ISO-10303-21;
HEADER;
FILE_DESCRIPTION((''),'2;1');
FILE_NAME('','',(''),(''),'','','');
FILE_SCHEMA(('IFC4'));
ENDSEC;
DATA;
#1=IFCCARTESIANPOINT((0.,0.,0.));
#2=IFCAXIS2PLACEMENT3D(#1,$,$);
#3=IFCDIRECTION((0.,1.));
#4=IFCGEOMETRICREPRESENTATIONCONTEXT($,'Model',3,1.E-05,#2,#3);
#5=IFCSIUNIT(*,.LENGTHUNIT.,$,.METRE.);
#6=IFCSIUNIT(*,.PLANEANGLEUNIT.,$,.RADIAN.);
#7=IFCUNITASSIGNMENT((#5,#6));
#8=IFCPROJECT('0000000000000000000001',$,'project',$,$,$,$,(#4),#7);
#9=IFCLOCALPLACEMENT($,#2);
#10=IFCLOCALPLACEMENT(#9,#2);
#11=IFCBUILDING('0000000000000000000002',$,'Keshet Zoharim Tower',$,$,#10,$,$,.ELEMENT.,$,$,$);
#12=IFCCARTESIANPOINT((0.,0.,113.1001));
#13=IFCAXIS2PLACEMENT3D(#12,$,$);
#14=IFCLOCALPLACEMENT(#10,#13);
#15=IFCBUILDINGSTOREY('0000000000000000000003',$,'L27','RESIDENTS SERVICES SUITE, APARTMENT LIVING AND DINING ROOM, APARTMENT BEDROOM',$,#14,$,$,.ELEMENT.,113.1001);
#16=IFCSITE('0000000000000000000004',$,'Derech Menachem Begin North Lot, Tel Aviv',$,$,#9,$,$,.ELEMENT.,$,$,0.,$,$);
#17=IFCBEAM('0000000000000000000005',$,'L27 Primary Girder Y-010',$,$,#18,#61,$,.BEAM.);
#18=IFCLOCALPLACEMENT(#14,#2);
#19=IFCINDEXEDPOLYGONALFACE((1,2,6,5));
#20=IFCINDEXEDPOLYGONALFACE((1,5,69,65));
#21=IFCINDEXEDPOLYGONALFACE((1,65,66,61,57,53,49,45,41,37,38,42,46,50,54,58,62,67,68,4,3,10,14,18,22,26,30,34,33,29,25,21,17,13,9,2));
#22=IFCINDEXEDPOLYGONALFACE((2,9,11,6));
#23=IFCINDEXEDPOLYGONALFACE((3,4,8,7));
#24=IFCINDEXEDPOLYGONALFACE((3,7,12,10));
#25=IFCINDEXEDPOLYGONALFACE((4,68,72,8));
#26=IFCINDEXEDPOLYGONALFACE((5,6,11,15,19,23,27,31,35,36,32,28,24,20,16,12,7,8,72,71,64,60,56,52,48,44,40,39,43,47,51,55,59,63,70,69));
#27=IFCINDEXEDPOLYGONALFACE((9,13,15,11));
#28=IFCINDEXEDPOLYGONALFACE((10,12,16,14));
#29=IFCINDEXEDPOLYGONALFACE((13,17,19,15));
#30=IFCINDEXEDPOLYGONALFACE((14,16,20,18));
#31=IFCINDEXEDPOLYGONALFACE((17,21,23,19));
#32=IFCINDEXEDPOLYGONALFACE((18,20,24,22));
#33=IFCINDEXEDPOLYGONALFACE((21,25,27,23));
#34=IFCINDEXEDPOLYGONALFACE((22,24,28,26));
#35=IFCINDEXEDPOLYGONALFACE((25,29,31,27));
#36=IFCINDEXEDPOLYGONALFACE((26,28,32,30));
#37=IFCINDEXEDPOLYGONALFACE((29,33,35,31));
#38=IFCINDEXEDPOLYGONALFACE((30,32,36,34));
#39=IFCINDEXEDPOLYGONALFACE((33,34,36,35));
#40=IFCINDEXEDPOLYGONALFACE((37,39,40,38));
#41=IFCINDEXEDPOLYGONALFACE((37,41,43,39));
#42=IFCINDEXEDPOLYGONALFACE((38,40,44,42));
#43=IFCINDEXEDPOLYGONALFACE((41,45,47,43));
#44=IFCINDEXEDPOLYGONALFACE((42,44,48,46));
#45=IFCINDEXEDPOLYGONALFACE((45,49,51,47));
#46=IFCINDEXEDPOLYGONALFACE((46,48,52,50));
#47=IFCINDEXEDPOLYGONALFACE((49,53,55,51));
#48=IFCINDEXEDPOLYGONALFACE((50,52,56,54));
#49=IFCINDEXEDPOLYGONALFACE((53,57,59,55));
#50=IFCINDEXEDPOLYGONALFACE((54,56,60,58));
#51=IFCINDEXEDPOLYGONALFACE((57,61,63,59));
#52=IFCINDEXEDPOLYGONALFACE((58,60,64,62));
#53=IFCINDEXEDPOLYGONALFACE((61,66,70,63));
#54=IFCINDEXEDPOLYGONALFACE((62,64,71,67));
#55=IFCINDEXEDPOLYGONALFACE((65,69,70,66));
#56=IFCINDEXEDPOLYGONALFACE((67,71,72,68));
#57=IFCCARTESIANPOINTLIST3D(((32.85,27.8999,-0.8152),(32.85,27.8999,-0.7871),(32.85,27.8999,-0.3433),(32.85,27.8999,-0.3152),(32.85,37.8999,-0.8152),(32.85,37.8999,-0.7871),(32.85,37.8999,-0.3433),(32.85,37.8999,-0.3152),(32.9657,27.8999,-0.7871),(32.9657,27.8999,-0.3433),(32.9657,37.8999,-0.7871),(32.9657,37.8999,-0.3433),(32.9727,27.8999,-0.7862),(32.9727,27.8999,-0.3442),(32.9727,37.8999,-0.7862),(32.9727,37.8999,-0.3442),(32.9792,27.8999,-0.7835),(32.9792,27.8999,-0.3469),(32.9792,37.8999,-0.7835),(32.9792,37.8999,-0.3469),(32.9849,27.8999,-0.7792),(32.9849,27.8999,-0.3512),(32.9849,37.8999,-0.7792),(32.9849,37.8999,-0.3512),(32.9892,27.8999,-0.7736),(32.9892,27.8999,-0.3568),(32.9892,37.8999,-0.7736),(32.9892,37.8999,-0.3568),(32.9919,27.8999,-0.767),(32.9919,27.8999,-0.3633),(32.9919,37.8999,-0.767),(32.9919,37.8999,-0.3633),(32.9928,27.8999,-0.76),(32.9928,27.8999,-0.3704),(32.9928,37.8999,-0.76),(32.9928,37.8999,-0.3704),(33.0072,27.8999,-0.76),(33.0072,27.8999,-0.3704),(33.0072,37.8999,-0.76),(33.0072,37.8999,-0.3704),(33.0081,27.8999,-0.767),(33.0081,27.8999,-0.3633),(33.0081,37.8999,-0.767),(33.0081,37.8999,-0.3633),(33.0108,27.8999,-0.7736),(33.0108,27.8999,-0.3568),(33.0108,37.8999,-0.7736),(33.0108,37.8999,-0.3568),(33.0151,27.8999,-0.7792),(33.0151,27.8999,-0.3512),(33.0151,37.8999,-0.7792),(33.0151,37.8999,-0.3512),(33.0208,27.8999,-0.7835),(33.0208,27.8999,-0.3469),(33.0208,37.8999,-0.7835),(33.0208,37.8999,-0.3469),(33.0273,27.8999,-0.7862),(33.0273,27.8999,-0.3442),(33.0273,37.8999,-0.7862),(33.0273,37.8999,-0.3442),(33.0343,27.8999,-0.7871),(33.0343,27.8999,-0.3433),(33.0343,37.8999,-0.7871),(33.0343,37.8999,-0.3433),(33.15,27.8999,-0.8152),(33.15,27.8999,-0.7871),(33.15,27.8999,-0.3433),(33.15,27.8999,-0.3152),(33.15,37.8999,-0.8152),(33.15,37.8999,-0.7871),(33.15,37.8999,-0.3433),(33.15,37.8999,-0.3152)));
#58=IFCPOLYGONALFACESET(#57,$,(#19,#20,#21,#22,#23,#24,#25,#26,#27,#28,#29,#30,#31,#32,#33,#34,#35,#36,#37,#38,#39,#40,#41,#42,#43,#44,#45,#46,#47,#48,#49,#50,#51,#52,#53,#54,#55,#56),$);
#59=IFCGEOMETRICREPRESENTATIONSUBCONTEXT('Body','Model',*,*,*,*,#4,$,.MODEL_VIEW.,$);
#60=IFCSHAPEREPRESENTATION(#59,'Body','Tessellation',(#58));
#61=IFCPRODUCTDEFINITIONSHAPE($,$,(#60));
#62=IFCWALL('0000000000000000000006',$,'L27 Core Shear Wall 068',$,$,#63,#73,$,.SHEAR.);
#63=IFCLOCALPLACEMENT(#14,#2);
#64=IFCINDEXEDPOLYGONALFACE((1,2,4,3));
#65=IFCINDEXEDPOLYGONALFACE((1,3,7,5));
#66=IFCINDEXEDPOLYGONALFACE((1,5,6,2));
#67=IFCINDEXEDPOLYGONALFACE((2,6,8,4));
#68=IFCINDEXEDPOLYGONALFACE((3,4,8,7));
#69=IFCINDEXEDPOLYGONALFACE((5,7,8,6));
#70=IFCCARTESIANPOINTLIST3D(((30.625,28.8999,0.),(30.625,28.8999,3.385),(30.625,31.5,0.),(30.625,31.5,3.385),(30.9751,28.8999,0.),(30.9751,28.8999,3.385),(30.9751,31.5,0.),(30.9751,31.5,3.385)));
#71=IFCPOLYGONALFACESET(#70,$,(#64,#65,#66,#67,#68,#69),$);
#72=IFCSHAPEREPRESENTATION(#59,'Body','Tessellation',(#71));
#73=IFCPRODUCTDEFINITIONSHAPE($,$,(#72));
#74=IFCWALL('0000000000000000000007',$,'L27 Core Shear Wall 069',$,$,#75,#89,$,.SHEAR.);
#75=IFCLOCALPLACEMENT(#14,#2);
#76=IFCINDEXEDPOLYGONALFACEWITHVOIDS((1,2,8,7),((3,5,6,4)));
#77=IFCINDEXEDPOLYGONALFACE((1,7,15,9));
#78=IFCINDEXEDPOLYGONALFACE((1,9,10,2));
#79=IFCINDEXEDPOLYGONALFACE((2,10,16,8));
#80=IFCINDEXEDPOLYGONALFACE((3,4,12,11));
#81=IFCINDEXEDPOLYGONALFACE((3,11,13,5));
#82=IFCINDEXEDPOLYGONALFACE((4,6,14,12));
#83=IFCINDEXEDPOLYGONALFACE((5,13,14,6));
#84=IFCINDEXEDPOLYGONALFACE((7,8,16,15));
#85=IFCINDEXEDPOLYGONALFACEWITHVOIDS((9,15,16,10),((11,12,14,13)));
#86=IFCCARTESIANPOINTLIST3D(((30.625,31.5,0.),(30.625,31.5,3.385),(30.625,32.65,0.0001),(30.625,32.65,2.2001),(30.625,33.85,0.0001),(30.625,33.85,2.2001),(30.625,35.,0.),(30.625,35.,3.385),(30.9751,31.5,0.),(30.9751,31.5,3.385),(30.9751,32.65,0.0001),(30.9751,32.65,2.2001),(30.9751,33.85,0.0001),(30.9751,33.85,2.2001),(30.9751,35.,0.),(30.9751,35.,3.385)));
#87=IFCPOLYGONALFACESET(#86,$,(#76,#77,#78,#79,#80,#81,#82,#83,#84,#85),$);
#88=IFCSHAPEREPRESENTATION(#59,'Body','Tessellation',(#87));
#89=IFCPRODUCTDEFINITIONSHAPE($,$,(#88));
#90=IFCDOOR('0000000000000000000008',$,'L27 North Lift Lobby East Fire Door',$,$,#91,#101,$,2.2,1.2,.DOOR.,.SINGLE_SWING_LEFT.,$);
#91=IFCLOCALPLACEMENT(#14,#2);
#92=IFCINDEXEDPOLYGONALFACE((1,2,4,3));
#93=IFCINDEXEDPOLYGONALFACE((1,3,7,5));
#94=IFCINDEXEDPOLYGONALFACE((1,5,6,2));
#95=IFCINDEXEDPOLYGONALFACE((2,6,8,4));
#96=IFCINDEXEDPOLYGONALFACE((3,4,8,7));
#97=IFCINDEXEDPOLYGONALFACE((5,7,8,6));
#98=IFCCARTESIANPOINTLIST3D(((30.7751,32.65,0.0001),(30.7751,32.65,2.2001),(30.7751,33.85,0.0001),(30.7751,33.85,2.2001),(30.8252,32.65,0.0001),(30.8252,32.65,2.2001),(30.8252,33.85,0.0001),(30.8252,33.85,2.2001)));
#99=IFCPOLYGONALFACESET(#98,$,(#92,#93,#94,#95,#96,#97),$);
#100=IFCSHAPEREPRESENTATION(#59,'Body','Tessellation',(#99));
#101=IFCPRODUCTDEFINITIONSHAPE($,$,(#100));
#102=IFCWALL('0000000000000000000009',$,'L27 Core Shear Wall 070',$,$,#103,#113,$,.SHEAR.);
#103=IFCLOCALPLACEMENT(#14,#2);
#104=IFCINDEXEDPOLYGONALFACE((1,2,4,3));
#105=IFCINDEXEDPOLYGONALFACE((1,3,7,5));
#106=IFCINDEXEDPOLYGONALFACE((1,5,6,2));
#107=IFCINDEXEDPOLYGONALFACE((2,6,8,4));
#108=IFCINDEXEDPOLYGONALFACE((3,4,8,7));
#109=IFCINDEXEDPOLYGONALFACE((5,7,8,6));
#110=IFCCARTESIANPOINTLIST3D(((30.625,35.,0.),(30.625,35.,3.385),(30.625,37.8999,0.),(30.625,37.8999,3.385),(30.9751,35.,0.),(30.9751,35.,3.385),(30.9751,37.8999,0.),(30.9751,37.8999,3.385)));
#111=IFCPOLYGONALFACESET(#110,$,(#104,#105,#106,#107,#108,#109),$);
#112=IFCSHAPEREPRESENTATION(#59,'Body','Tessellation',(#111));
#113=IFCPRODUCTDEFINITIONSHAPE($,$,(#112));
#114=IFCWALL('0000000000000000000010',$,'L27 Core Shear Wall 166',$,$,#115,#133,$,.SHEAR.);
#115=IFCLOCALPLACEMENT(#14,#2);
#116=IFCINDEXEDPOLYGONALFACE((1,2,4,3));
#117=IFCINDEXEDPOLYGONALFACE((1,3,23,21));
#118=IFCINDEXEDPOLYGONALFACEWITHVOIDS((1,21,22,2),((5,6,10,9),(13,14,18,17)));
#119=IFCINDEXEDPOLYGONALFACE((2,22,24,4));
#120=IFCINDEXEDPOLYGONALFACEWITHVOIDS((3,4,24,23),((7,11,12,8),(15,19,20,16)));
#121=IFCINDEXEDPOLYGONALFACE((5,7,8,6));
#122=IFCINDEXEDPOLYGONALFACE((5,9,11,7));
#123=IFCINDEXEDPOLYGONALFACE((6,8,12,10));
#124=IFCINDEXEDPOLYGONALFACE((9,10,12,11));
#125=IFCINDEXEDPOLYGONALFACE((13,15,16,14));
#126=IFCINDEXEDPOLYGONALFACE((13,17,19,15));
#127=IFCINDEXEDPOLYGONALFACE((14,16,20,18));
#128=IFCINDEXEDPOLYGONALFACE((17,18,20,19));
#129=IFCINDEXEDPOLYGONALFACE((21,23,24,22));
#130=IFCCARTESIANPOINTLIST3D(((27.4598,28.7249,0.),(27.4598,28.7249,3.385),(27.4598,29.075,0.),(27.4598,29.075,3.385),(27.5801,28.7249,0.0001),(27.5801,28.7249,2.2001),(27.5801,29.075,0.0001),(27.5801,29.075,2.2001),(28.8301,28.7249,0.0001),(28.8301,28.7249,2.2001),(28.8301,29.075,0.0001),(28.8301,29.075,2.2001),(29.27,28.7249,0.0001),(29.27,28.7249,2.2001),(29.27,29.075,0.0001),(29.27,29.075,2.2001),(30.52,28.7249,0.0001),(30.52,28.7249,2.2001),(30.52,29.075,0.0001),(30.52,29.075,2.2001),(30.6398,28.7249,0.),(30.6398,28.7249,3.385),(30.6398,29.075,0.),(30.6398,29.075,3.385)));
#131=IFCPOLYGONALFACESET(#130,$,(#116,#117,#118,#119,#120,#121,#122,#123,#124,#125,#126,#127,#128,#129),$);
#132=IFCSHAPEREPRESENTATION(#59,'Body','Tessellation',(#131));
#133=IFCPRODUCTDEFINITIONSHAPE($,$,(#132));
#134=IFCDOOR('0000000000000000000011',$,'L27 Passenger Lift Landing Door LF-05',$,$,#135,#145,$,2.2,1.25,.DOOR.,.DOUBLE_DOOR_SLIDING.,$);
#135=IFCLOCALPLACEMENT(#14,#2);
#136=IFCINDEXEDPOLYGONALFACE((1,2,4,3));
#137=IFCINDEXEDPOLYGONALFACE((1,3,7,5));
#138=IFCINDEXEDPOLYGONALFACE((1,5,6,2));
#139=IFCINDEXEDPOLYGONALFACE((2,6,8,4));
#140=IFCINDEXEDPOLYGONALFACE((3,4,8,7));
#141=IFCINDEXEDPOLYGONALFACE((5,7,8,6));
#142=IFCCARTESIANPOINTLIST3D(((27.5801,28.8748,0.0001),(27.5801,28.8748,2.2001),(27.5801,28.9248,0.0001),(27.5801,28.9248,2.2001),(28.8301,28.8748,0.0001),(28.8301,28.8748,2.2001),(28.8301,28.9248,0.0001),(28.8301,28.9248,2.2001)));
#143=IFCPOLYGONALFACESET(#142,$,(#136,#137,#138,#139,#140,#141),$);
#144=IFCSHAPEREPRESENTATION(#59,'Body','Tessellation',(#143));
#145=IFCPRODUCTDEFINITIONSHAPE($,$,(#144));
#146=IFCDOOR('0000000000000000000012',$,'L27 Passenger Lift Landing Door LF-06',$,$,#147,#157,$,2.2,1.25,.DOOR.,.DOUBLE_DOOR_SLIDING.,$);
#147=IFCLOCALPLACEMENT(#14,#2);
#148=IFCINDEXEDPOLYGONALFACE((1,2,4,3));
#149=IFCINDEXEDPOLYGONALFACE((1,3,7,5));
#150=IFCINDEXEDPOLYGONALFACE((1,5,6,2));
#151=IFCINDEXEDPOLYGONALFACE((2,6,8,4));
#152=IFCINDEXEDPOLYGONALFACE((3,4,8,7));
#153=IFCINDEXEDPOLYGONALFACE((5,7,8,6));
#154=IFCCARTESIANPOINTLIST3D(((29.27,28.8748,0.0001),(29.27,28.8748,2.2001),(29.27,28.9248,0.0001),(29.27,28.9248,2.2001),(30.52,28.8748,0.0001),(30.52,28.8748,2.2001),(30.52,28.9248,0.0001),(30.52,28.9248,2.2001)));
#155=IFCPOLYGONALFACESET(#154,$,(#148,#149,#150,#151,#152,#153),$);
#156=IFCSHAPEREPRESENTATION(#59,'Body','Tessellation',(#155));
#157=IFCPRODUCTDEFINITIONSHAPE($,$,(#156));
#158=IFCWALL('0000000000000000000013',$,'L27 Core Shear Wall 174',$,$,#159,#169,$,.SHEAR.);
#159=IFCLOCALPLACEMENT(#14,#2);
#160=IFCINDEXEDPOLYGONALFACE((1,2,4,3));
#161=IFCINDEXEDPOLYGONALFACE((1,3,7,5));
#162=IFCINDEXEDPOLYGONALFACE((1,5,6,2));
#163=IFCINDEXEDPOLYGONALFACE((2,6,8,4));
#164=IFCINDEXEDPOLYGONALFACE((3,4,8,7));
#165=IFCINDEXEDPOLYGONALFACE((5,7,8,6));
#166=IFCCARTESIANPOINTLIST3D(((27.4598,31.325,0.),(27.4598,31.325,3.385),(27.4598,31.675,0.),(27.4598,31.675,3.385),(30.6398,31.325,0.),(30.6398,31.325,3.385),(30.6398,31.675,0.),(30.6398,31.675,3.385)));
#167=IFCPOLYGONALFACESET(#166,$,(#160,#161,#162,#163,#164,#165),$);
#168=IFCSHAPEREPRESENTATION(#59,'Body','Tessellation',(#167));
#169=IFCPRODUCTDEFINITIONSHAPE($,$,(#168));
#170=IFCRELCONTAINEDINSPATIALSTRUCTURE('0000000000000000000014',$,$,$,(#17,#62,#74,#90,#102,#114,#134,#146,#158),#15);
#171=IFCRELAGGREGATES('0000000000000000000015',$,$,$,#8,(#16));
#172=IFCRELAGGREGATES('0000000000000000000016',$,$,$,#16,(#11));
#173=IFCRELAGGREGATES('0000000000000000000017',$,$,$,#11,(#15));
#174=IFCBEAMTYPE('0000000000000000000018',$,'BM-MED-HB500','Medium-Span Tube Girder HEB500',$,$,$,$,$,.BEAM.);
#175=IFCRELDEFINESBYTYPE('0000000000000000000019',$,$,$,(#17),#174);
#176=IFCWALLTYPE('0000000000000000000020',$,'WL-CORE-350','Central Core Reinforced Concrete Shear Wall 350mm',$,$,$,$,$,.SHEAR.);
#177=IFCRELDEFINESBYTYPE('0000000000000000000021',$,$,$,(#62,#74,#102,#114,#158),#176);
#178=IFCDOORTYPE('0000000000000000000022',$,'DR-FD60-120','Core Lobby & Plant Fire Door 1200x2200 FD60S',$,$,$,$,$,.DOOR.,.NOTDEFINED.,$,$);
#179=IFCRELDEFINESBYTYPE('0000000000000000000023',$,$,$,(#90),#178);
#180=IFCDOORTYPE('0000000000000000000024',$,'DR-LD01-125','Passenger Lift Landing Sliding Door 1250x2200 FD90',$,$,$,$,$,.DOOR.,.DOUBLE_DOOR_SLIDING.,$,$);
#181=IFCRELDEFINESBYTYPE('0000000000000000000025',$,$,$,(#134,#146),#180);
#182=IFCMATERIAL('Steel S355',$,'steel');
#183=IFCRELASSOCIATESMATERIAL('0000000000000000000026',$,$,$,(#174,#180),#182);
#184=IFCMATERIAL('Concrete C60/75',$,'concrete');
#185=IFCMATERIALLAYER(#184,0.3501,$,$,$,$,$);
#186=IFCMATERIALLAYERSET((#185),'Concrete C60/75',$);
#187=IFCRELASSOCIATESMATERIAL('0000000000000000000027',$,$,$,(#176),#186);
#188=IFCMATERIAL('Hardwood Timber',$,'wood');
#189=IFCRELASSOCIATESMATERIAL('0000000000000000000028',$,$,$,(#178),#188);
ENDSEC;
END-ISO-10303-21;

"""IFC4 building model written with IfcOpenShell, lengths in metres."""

from ifc_helpers import new_model, si_unit, direction, frame, frame_2d, origin, origin_2d, place, context, subcontext, project, spatial, rectangle, i_section, extrude, material, layer, layer_set, material_profile, profile_set, type_object, element, fill, save


model = new_model("IFC4")

# Units and contexts
model_context = context("Model", 3, precision=1e-05, world=origin(), true_north=direction((0.0, 1.0)))
body_context = subcontext(model_context, "Body", "Model", "MODEL_VIEW")
ifc_project = project(units=[si_unit("LENGTHUNIT", "METRE"), si_unit("PLANEANGLEUNIT", "RADIAN")], contexts=[model_context])

# Site, building, storey
site_placement = place(None, origin())
site = spatial("IfcSite", under=ifc_project, at=site_placement, Name="Derech Menachem Begin North Lot, Tel Aviv", CompositionType="ELEMENT", RefElevation=0.0)
building_placement = place(site_placement, origin())
building = spatial("IfcBuilding", under=site, at=building_placement, Name="Keshet Zoharim Tower", CompositionType="ELEMENT")
storey_placement = place(building_placement, frame((0.0, 0.0, 113.1001)))
storey = spatial("IfcBuildingStorey", under=building, at=storey_placement, Name="L27", Description="RESIDENTS SERVICES SUITE, APARTMENT LIVING AND DINING ROOM, APARTMENT BEDROOM", CompositionType="ELEMENT", Elevation=113.1001)

# Shared definitions
ifc_material_1 = material(Name="Concrete C60/75", Category="concrete")

# Beam
ifc_material_2 = material(Name="Steel S355", Category="steel")
ifc_material_profile_1 = material_profile(ifc_material_2, i_section(OverallWidth=0.3, OverallDepth=0.5, WebThickness=0.0144, FlangeThickness=0.0281, FilletRadius=0.0271, at=origin_2d()), Name="HEB500")
ifc_profile_set_1 = profile_set([ifc_material_profile_1], Name="Steel S355")
beam_type_1 = type_object("IfcBeamType", Name="BM-MED-HB500", Description="Medium-Span Tube Girder HEB500", PredefinedType="BEAM", material=ifc_profile_set_1)
beam_1_placement = place(storey_placement, frame((33.0, 27.8999, -0.5652), z_axis=(0.0, 1.0, 0.0), x_axis=(-1.0, 0.0, 0.0)))
element("IfcBeam", 1, at=beam_1_placement, inside=storey, type_object=beam_type_1, Name="L27 Primary Girder Y-010", PredefinedType="BEAM", context=body_context, shape_type="SweptSolid", body=[
    extrude(i_section(OverallWidth=0.3, OverallDepth=0.5, WebThickness=0.0144, FlangeThickness=0.0281, FilletRadius=0.0271, at=origin_2d()), origin(), (0.0, 0.0, 1.0), 10.0),
])

# Wall
ifc_layer_1 = layer(ifc_material_1, 0.3501)
ifc_layer_set_1 = layer_set([ifc_layer_1], Name="Concrete C60/75")
wall_type_1 = type_object("IfcWallType", Name="WL-CORE-350", Description="Central Core Reinforced Concrete Shear Wall 350mm", PredefinedType="SHEAR", material=ifc_layer_set_1)
wall_1_placement = place(storey_placement, frame((30.8, 28.8999, 0.0), z_axis=(0.0, 0.0, 1.0), x_axis=(0.0, 1.0, 0.0)))
element("IfcWall", 2, at=wall_1_placement, inside=storey, type_object=wall_type_1, Name="L27 Core Shear Wall 068", PredefinedType="SHEAR", context=body_context, shape_type="SweptSolid", body=[
    extrude(rectangle(XDim=2.6001, YDim=0.3501, at=frame_2d((1.3, 0.0))), origin(), (0.0, 0.0, 1.0), 3.385),
])

# Wall, opening, door
wall_2_placement = place(storey_placement, frame((30.8, 31.5, 0.0), z_axis=(0.0, 0.0, 1.0), x_axis=(0.0, 1.0, 0.0)))
wall_2 = element("IfcWall", 3, at=wall_2_placement, inside=storey, type_object=wall_type_1, Name="L27 Core Shear Wall 069", PredefinedType="SHEAR", context=body_context, shape_type="SweptSolid", body=[
    extrude(rectangle(XDim=3.5, YDim=0.3501, at=frame_2d((1.75, 0.0))), origin(), (0.0, 0.0, 1.0), 3.385),
])
opening_1_placement = place(wall_2_placement, frame((1.1499, 0.0, 0.0)))
opening_1 = element("IfcOpeningElement", 4, at=opening_1_placement, cuts=wall_2, PredefinedType="OPENING", context=body_context, shape_type="SweptSolid", body=[
    extrude(rectangle(XDim=1.2, YDim=2.2, at=frame_2d((0.6001, 1.1001))), frame((0.0, 0.1851, 0.0), z_axis=(0.0, -1.0, 0.0), x_axis=(1.0, 0.0, 0.0)), (0.0, 0.0, 1.0), 0.3701),
])
ifc_material_3 = material(Name="Hardwood Timber", Category="wood")
door_type_1 = type_object("IfcDoorType", Name="DR-FD60-120", Description="Core Lobby & Plant Fire Door 1200x2200 FD60S", OperationType="NOTDEFINED", PredefinedType="DOOR", material=ifc_material_3)
door_1_placement = place(opening_1_placement, origin())
door_1 = element("IfcDoor", 5, at=door_1_placement, inside=storey, type_object=door_type_1, Name="L27 North Lift Lobby East Fire Door", OperationType="SINGLE_SWING_LEFT", OverallHeight=2.2, OverallWidth=1.2, PredefinedType="DOOR", context=body_context, shape_type="SweptSolid", body=[
    extrude(rectangle(XDim=1.2, YDim=2.2, at=frame_2d((0.6001, 1.1001))), frame((0.0, 0.0249, 0.0), z_axis=(0.0, -1.0, 0.0), x_axis=(1.0, 0.0, 0.0)), (0.0, 0.0, 1.0), 0.05),
])
fill(opening_1, door_1)

# Wall
wall_3_placement = place(storey_placement, frame((30.8, 35.0, 0.0), z_axis=(0.0, 0.0, 1.0), x_axis=(0.0, 1.0, 0.0)))
element("IfcWall", 6, at=wall_3_placement, inside=storey, type_object=wall_type_1, Name="L27 Core Shear Wall 070", PredefinedType="SHEAR", context=body_context, shape_type="SweptSolid", body=[
    extrude(rectangle(XDim=2.8999, YDim=0.3501, at=frame_2d((1.45, 0.0))), origin(), (0.0, 0.0, 1.0), 3.385),
])

# Wall, openings, doors
wall_4_placement = place(storey_placement, frame((27.46, 28.8999, 0.0), z_axis=(0.0, 0.0, 1.0), x_axis=(1.0, 0.0, 0.0)))
wall_4 = element("IfcWall", 7, at=wall_4_placement, inside=storey, type_object=wall_type_1, Name="L27 Core Shear Wall 166", PredefinedType="SHEAR", context=body_context, shape_type="SweptSolid", body=[
    extrude(rectangle(XDim=3.1799, YDim=0.3501, at=frame_2d((1.5898, 0.0))), origin(), (0.0, 0.0, 1.0), 3.385),
])
opening_2_placement = place(wall_4_placement, frame((0.1201, 0.0, 0.0)))
opening_2 = element("IfcOpeningElement", 8, at=opening_2_placement, cuts=wall_4, PredefinedType="OPENING", context=body_context, shape_type="SweptSolid", body=[
    extrude(rectangle(XDim=1.25, YDim=2.2, at=frame_2d((0.625, 1.1001))), frame((0.0, 0.1851, 0.0), z_axis=(0.0, -1.0, 0.0), x_axis=(1.0, 0.0, 0.0)), (0.0, 0.0, 1.0), 0.3701),
])
opening_3_placement = place(wall_4_placement, frame((1.8101, 0.0, 0.0)))
opening_3 = element("IfcOpeningElement", 9, at=opening_3_placement, cuts=wall_4, PredefinedType="OPENING", context=body_context, shape_type="SweptSolid", body=[
    extrude(rectangle(XDim=1.25, YDim=2.2, at=frame_2d((0.625, 1.1001))), frame((0.0, 0.1851, 0.0), z_axis=(0.0, -1.0, 0.0), x_axis=(1.0, 0.0, 0.0)), (0.0, 0.0, 1.0), 0.3701),
])
door_type_2 = type_object("IfcDoorType", Name="DR-LD01-125", Description="Passenger Lift Landing Sliding Door 1250x2200 FD90", OperationType="DOUBLE_DOOR_SLIDING", PredefinedType="DOOR", material=ifc_material_2)
door_2_placement = place(opening_2_placement, origin())
door_2 = element("IfcDoor", 10, at=door_2_placement, inside=storey, type_object=door_type_2, Name="L27 Passenger Lift Landing Door LF-05", OperationType="DOUBLE_DOOR_SLIDING", OverallHeight=2.2, OverallWidth=1.25, PredefinedType="DOOR", context=body_context, shape_type="SweptSolid", body=[
    extrude(rectangle(XDim=1.25, YDim=2.2, at=frame_2d((0.625, 1.1001))), frame((0.0, 0.0249, 0.0), z_axis=(0.0, -1.0, 0.0), x_axis=(1.0, 0.0, 0.0)), (0.0, 0.0, 1.0), 0.05),
])
fill(opening_2, door_2)
door_3_placement = place(opening_3_placement, origin())
door_3 = element("IfcDoor", 11, at=door_3_placement, inside=storey, type_object=door_type_2, Name="L27 Passenger Lift Landing Door LF-06", OperationType="DOUBLE_DOOR_SLIDING", OverallHeight=2.2, OverallWidth=1.25, PredefinedType="DOOR", context=body_context, shape_type="SweptSolid", body=[
    extrude(rectangle(XDim=1.25, YDim=2.2, at=frame_2d((0.625, 1.1001))), frame((0.0, 0.0249, 0.0), z_axis=(0.0, -1.0, 0.0), x_axis=(1.0, 0.0, 0.0)), (0.0, 0.0, 1.0), 0.05),
])
fill(opening_3, door_3)

# Wall
wall_5_placement = place(storey_placement, frame((27.46, 31.5, 0.0), z_axis=(0.0, 0.0, 1.0), x_axis=(1.0, 0.0, 0.0)))
element("IfcWall", 12, at=wall_5_placement, inside=storey, type_object=wall_type_1, Name="L27 Core Shear Wall 174", PredefinedType="SHEAR", context=body_context, shape_type="SweptSolid", body=[
    extrude(rectangle(XDim=3.1799, YDim=0.3501, at=frame_2d((1.5898, 0.0))), origin(), (0.0, 0.0, 1.0), 3.385),
])

save(model, "model.ifc")
